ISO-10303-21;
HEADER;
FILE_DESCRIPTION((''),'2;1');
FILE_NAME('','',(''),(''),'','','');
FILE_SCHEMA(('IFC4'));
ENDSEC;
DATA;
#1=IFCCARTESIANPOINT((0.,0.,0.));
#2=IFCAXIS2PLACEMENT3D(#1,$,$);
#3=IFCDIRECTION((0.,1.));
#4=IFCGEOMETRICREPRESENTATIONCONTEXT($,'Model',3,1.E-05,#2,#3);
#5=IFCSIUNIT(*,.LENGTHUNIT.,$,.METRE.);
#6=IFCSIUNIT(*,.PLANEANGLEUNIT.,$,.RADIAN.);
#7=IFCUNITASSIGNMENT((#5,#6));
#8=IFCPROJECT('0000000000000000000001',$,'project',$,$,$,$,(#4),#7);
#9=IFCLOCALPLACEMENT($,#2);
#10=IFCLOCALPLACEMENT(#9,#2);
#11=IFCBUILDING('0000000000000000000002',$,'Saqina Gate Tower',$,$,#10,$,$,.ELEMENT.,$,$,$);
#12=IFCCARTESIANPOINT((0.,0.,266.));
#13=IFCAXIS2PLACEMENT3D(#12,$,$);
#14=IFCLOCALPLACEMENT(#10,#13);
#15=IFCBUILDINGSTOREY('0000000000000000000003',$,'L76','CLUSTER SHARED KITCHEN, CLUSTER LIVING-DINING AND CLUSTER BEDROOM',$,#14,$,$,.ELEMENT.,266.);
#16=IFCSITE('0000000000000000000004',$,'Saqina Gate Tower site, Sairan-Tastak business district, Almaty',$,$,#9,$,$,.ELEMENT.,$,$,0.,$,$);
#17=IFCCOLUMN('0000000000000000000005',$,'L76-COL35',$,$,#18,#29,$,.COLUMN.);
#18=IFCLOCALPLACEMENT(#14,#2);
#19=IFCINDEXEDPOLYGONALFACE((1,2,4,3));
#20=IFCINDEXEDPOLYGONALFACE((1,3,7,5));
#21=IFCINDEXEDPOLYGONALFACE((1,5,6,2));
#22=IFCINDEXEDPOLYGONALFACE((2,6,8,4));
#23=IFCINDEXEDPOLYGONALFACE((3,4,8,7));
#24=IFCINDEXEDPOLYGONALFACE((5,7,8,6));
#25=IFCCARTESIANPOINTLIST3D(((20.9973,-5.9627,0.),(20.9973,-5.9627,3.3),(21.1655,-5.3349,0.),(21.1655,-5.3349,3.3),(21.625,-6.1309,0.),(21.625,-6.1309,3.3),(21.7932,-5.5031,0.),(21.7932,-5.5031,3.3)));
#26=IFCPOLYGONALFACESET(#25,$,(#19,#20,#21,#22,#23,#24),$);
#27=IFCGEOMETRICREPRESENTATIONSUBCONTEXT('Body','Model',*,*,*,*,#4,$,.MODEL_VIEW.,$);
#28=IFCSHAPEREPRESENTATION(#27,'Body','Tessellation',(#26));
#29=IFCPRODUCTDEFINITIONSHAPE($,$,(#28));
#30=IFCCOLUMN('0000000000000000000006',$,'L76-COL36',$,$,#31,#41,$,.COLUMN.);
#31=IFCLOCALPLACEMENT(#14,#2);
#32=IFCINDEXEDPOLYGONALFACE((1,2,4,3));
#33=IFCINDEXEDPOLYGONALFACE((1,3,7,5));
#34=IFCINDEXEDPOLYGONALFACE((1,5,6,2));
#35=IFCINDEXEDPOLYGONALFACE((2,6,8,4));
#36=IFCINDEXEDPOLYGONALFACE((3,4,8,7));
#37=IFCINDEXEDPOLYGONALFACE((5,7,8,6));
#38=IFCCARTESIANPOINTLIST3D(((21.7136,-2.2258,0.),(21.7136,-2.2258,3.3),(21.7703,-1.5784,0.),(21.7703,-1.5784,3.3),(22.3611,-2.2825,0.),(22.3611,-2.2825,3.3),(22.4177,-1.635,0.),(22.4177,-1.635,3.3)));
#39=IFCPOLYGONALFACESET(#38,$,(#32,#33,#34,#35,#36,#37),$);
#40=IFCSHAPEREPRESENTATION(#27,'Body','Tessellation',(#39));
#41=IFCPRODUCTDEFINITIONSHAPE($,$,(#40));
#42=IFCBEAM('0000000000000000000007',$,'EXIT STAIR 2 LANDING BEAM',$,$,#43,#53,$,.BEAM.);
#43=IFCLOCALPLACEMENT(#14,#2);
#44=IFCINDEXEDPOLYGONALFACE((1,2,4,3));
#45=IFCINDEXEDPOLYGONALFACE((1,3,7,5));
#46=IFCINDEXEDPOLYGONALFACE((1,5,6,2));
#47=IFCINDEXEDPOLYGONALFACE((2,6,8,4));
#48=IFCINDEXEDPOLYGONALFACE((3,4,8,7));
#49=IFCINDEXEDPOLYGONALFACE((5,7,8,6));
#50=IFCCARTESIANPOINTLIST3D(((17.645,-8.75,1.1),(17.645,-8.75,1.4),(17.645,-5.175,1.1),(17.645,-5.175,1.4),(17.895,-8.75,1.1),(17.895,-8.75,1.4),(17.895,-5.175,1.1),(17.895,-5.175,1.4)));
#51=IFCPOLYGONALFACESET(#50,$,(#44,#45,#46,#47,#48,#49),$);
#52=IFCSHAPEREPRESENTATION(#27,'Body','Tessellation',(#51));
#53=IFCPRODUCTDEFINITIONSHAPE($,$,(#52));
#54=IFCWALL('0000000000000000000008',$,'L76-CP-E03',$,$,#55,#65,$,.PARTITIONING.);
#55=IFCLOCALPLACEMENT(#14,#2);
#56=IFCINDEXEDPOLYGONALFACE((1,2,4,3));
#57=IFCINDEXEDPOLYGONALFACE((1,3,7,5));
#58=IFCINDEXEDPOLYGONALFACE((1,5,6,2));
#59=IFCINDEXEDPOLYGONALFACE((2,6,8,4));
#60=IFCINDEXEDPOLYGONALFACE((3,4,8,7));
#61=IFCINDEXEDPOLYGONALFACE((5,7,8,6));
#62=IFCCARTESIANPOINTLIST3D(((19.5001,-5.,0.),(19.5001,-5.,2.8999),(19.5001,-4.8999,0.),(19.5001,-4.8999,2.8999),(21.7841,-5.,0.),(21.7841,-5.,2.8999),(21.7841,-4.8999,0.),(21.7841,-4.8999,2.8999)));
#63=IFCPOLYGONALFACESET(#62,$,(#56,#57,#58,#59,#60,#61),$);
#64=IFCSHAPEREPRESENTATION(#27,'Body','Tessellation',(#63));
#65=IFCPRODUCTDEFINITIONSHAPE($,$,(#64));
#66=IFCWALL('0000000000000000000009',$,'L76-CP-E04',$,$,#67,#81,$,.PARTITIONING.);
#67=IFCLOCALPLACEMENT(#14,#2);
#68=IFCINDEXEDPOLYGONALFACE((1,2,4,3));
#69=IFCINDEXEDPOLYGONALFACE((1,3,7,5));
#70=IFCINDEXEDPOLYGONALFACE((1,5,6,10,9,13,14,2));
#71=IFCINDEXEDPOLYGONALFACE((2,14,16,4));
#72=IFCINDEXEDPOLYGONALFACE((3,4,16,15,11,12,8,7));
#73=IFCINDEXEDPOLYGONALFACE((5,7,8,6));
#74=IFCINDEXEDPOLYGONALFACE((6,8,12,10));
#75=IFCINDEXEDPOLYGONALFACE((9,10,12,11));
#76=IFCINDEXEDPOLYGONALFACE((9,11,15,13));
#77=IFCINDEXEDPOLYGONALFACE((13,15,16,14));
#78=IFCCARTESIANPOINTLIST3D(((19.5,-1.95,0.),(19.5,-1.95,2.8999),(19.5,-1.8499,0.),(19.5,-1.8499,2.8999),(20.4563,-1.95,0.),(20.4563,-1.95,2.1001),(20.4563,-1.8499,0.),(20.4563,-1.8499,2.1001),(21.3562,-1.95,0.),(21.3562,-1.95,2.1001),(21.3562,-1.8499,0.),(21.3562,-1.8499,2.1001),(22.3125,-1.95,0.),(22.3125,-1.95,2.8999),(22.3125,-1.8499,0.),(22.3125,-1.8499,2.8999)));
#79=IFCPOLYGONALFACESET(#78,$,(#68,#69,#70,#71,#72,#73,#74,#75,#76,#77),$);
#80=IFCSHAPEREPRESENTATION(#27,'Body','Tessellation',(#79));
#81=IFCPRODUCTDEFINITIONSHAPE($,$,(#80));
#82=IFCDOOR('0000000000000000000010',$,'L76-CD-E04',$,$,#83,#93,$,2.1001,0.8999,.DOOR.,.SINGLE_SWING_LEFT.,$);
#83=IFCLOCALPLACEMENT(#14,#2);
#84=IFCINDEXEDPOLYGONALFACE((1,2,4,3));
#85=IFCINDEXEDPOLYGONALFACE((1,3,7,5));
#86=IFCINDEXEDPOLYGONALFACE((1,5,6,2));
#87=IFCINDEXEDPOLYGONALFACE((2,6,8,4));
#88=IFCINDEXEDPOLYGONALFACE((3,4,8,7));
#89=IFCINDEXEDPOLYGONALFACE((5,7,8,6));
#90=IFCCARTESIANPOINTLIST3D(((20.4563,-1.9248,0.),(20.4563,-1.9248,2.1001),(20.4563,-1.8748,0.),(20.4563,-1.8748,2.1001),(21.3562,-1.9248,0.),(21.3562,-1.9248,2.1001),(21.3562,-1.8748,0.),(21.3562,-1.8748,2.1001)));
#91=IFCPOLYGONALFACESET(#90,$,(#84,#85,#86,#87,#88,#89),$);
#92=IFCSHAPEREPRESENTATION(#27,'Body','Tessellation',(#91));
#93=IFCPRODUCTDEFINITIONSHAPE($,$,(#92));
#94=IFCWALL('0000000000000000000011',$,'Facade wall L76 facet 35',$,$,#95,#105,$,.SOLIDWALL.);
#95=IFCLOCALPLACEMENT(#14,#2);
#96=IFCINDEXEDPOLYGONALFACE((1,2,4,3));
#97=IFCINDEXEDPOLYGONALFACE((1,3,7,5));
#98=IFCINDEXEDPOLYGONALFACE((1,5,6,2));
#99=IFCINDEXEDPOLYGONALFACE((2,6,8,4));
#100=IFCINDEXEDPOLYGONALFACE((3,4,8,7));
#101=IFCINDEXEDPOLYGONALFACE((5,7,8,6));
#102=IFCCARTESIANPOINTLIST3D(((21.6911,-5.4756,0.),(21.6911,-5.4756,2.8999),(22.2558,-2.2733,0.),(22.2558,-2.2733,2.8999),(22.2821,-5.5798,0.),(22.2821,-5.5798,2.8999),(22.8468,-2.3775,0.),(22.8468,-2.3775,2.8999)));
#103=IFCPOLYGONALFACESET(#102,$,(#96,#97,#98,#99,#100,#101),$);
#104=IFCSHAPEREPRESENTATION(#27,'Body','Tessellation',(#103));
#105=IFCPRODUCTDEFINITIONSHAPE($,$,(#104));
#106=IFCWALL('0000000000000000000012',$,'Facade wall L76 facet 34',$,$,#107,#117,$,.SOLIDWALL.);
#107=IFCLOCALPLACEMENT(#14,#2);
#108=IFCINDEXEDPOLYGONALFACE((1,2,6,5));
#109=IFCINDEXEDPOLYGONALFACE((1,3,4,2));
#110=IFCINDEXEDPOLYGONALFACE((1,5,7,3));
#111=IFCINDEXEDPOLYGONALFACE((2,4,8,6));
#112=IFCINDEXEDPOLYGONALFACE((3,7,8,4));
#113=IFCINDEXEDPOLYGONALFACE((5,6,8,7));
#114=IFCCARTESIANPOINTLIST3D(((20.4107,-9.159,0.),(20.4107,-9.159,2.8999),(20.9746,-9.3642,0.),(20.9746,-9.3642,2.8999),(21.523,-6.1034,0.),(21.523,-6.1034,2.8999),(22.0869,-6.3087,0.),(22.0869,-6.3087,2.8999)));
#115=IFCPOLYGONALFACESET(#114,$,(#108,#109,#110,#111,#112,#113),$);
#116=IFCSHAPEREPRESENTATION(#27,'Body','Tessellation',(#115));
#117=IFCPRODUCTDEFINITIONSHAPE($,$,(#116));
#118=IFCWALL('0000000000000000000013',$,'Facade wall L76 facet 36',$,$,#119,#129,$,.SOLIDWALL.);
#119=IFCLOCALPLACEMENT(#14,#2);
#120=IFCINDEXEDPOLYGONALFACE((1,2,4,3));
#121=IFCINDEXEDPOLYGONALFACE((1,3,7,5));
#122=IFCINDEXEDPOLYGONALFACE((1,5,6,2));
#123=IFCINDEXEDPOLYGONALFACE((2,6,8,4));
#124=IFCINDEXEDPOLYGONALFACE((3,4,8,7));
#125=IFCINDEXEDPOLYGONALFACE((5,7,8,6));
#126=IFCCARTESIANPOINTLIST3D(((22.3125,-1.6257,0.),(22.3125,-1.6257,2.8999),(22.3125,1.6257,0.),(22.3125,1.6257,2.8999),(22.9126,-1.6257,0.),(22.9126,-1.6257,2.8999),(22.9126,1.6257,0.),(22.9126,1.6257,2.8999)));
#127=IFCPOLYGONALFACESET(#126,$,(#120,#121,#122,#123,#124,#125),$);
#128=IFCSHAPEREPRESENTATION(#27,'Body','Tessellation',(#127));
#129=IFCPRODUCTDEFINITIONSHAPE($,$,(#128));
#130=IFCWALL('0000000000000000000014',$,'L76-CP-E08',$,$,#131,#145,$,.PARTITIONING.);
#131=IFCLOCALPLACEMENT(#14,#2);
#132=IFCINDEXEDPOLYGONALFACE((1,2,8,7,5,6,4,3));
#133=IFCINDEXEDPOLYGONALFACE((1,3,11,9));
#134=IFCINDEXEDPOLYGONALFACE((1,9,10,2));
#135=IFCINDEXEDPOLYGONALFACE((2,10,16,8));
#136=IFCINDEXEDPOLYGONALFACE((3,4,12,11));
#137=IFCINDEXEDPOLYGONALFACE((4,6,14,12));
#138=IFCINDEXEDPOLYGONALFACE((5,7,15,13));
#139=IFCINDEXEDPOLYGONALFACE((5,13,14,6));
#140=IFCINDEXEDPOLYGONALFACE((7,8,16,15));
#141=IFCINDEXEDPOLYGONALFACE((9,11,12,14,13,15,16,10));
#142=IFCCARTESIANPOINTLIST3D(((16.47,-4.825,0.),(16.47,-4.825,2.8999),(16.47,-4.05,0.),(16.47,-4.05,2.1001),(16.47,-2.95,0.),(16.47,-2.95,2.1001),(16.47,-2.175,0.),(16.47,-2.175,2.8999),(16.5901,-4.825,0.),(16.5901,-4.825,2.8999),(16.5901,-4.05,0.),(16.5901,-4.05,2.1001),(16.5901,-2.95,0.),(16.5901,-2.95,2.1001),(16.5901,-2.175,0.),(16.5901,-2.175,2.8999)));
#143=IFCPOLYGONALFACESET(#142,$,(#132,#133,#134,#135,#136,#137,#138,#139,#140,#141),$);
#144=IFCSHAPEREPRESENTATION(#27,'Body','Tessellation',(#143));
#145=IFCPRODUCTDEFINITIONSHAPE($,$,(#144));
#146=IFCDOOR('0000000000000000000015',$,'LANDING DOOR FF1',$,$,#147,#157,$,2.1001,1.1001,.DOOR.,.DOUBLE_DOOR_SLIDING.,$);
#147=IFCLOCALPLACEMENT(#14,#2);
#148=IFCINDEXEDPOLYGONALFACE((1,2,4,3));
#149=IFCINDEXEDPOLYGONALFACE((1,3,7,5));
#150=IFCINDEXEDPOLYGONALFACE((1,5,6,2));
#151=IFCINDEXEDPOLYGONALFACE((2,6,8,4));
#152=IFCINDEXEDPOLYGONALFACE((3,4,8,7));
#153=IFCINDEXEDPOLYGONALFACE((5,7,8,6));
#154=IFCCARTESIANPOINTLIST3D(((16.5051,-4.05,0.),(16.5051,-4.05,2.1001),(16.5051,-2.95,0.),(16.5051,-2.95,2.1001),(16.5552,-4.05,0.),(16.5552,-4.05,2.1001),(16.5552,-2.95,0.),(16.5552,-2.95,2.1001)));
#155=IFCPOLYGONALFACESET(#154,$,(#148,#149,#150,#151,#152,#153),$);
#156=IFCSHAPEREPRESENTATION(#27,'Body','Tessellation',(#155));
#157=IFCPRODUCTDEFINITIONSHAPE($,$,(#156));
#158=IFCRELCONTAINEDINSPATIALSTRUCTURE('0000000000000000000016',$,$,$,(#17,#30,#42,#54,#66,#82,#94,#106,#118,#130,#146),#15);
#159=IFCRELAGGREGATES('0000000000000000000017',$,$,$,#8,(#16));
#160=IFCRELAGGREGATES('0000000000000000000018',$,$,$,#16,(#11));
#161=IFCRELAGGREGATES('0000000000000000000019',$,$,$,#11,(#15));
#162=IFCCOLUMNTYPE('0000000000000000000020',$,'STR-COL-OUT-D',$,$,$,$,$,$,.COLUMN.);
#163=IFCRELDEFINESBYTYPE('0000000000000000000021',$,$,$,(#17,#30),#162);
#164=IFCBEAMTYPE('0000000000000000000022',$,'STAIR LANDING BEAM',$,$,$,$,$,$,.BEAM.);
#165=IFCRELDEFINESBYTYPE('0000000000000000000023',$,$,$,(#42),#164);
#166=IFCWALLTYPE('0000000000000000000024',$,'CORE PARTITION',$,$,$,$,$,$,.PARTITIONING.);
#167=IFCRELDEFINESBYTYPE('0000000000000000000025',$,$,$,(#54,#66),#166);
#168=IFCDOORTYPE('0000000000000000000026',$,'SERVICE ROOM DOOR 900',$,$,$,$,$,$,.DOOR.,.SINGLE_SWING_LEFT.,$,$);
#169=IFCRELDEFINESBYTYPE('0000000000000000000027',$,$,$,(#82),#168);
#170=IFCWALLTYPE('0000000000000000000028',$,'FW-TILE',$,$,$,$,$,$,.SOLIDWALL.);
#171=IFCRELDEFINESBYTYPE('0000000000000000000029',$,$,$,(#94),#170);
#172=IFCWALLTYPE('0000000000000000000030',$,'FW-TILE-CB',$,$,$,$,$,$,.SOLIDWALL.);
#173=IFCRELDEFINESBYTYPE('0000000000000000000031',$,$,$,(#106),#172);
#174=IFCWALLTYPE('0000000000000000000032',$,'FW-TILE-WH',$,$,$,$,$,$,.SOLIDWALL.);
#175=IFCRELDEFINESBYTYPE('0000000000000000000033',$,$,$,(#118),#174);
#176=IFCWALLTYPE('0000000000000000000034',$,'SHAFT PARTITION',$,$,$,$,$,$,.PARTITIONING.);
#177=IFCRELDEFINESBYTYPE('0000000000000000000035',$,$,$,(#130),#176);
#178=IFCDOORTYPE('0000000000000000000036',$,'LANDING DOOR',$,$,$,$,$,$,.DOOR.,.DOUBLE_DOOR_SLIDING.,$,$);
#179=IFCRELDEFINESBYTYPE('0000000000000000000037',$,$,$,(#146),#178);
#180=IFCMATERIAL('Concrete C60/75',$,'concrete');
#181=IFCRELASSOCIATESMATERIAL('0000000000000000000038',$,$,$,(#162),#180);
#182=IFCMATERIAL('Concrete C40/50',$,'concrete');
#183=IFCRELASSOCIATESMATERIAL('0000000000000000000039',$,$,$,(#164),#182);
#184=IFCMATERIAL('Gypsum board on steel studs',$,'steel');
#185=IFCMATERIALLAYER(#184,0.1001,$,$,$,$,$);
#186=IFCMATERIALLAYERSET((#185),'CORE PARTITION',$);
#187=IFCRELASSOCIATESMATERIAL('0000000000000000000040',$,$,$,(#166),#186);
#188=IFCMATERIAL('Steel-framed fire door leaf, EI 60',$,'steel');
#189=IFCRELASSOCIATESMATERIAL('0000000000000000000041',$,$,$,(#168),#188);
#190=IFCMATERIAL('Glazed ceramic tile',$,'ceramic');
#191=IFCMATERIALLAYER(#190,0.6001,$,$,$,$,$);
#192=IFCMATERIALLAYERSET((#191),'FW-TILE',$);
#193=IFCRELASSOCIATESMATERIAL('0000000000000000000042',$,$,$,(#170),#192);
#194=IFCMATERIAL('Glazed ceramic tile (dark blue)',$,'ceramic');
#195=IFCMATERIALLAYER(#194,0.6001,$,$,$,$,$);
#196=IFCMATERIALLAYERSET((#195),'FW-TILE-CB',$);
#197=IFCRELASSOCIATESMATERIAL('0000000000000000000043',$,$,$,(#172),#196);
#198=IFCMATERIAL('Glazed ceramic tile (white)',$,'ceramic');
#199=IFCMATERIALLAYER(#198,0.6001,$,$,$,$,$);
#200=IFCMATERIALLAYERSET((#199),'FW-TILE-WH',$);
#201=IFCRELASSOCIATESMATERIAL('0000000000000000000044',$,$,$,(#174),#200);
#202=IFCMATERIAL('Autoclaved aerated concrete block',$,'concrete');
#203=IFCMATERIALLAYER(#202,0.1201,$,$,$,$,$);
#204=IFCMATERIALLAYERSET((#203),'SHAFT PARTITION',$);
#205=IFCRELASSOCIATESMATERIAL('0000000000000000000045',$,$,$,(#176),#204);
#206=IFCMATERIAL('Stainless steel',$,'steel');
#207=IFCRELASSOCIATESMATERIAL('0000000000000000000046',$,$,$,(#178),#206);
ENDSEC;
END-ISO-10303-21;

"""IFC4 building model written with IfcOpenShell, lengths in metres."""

from ifc_helpers import new_model, si_unit, direction, frame, frame_2d, origin, origin_2d, place, context, subcontext, project, spatial, rectangle, extrude, material, layer, layer_set, material_profile, profile_set, type_object, element, fill, save


model = new_model("IFC4")

# Units and contexts
model_context = context("Model", 3, precision=1e-05, world=origin(), true_north=direction((0.0, 1.0)))
body_context = subcontext(model_context, "Body", "Model", "MODEL_VIEW")
ifc_project = project(units=[si_unit("LENGTHUNIT", "METRE"), si_unit("PLANEANGLEUNIT", "RADIAN")], contexts=[model_context])

# Site, building, storey
site_placement = place(None, origin())
site = spatial("IfcSite", under=ifc_project, at=site_placement, Name="Saqina Gate Tower site, Sairan-Tastak business district, Almaty", CompositionType="ELEMENT", RefElevation=0.0)
building_placement = place(site_placement, origin())
building = spatial("IfcBuilding", under=site, at=building_placement, Name="Saqina Gate Tower", CompositionType="ELEMENT")
storey_placement = place(building_placement, frame((0.0, 0.0, 266.0)))
storey = spatial("IfcBuildingStorey", under=building, at=storey_placement, Name="L76", Description="CLUSTER SHARED KITCHEN, CLUSTER LIVING-DINING AND CLUSTER BEDROOM", CompositionType="ELEMENT", Elevation=266.0)

# Columns
ifc_material_1 = material(Name="Concrete C60/75", Category="concrete")
ifc_material_profile_1 = material_profile(ifc_material_1, rectangle(XDim=0.6499, YDim=0.6499, at=origin_2d()), Name="RC 650x650")
ifc_profile_set_1 = profile_set([ifc_material_profile_1], Name="Concrete C60/75")
column_type = type_object("IfcColumnType", Name="STR-COL-OUT-D", PredefinedType="COLUMN", material=ifc_profile_set_1)
for number, where, z_axis, x_axis, name in (
    (1, (21.3953, -5.7329, 0.0), (0.0, 0.0, 1.0), (0.965926, -0.258819, 0.0), "L76-COL35"),
    (2, (22.0657, -1.9304, 0.0), (0.0, 0.0, 1.0), (0.996195, -0.087156, 0.0), "L76-COL36"),
):
    element("IfcColumn", number, at=place(storey_placement, frame(where, z_axis=z_axis, x_axis=x_axis)), inside=storey, type_object=column_type, Name=name, PredefinedType="COLUMN", context=body_context, shape_type="SweptSolid", body=[
        extrude(rectangle(XDim=0.6499, YDim=0.6499, at=origin_2d()), origin(), (0.0, 0.0, 1.0), 3.3),
    ])

# Beam
ifc_material_2 = material(Name="Concrete C40/50", Category="concrete")
ifc_material_profile_2 = material_profile(ifc_material_2, rectangle(XDim=0.25, YDim=0.3, at=origin_2d()), Name="STAIR LANDING BEAM")
ifc_profile_set_2 = profile_set([ifc_material_profile_2], Name="Concrete C40/50")
beam_type = type_object("IfcBeamType", Name="STAIR LANDING BEAM", PredefinedType="BEAM", material=ifc_profile_set_2)
beam_placement = place(storey_placement, frame((17.77, -8.75, 1.25), z_axis=(0.0, 1.0, 0.0), x_axis=(-1.0, 0.0, 0.0)))
element("IfcBeam", 3, at=beam_placement, inside=storey, type_object=beam_type, Name="EXIT STAIR 2 LANDING BEAM", PredefinedType="BEAM", context=body_context, shape_type="SweptSolid", body=[
    extrude(rectangle(XDim=0.25, YDim=0.3, at=origin_2d()), origin(), (0.0, 0.0, 1.0), 3.575),
])

# Wall
ifc_material_3 = material(Name="Gypsum board on steel studs", Category="steel")
ifc_layer_1 = layer(ifc_material_3, 0.1001)
ifc_layer_set_1 = layer_set([ifc_layer_1], Name="CORE PARTITION")
wall_type_1 = type_object("IfcWallType", Name="CORE PARTITION", PredefinedType="PARTITIONING", material=ifc_layer_set_1)
wall_1_placement = place(storey_placement, frame((19.5, -4.95, 0.0), z_axis=(0.0, 0.0, 1.0), x_axis=(1.0, 0.0, 0.0)))
element("IfcWall", 4, at=wall_1_placement, inside=storey, type_object=wall_type_1, Name="L76-CP-E03", PredefinedType="PARTITIONING", context=body_context, shape_type="SweptSolid", body=[
    extrude(rectangle(XDim=2.2839, YDim=0.1001, at=frame_2d((1.1421, 0.0))), origin(), (0.0, 0.0, 1.0), 2.8999),
])

# Wall, opening, door
wall_2_placement = place(storey_placement, frame((19.5, -1.8999, 0.0), z_axis=(0.0, 0.0, 1.0), x_axis=(1.0, 0.0, 0.0)))
wall_2 = element("IfcWall", 5, at=wall_2_placement, inside=storey, type_object=wall_type_1, Name="L76-CP-E04", PredefinedType="PARTITIONING", context=body_context, shape_type="SweptSolid", body=[
    extrude(rectangle(XDim=2.8125, YDim=0.1001, at=frame_2d((1.4062, 0.0))), origin(), (0.0, 0.0, 1.0), 2.8999),
])
opening_1_placement = place(wall_2_placement, frame((0.9563, 0.0, 0.0)))
opening_1 = element("IfcOpeningElement", 6, at=opening_1_placement, cuts=wall_2, PredefinedType="OPENING", context=body_context, shape_type="SweptSolid", body=[
    extrude(rectangle(XDim=0.8999, YDim=2.1001, at=frame_2d((0.45, 1.05))), frame((0.0, 0.062, 0.0), z_axis=(0.0, -1.0, 0.0), x_axis=(1.0, 0.0, 0.0)), (0.0, 0.0, 1.0), 0.124),
])
ifc_material_4 = material(Name="Steel-framed fire door leaf, EI 60", Category="steel")
door_type_1 = type_object("IfcDoorType", Name="SERVICE ROOM DOOR 900", OperationType="SINGLE_SWING_LEFT", PredefinedType="DOOR", material=ifc_material_4)
door_1_placement = place(opening_1_placement, frame((0.8999, 0.0, 0.0), z_axis=(0.0, 0.0, 1.0), x_axis=(-1.0, 0.0, 0.0)))
door_1 = element("IfcDoor", 7, at=door_1_placement, inside=storey, type_object=door_type_1, Name="L76-CD-E04", OperationType="SINGLE_SWING_LEFT", OverallHeight=2.1001, OverallWidth=0.8999, PredefinedType="DOOR", context=body_context, shape_type="SweptSolid", body=[
    extrude(rectangle(XDim=0.8999, YDim=2.1001, at=frame_2d((0.45, 1.05))), frame((0.0, 0.0249, 0.0), z_axis=(0.0, -1.0, 0.0), x_axis=(1.0, 0.0, 0.0)), (0.0, 0.0, 1.0), 0.05),
])
fill(opening_1, door_1)

# Walls
ifc_material_5 = material(Name="Glazed ceramic tile", Category="ceramic")
ifc_layer_2 = layer(ifc_material_5, 0.6001)
ifc_layer_set_2 = layer_set([ifc_layer_2], Name="FW-TILE")
wall_type_2 = type_object("IfcWallType", Name="FW-TILE", PredefinedType="SOLIDWALL", material=ifc_layer_set_2)
wall_3_placement = place(storey_placement, frame((21.9866, -5.5278, 0.0), z_axis=(0.0, 0.0, 1.0), x_axis=(0.173657, 0.984806, 0.0)))
element("IfcWall", 8, at=wall_3_placement, inside=storey, type_object=wall_type_2, Name="Facade wall L76 facet 35", PredefinedType="SOLIDWALL", context=body_context, shape_type="SweptSolid", body=[
    extrude(rectangle(XDim=3.2517, YDim=0.6001, at=frame_2d((1.626, 0.0))), origin(), (0.0, 0.0, 1.0), 2.8999),
])
ifc_material_6 = material(Name="Glazed ceramic tile (dark blue)", Category="ceramic")
ifc_layer_3 = layer(ifc_material_6, 0.6001)
ifc_layer_set_3 = layer_set([ifc_layer_3], Name="FW-TILE-CB")
wall_type_3 = type_object("IfcWallType", Name="FW-TILE-CB", PredefinedType="SOLIDWALL", material=ifc_layer_set_3)
wall_4_placement = place(storey_placement, frame((20.6926, -9.2617, 0.0), z_axis=(0.0, 0.0, 1.0), x_axis=(0.342057, 0.939679, 0.0)))
element("IfcWall", 9, at=wall_4_placement, inside=storey, type_object=wall_type_3, Name="Facade wall L76 facet 34", PredefinedType="SOLIDWALL", context=body_context, shape_type="SweptSolid", body=[
    extrude(rectangle(XDim=3.2517, YDim=0.6001, at=frame_2d((1.626, 0.0))), origin(), (0.0, 0.0, 1.0), 2.8999),
])
ifc_material_7 = material(Name="Glazed ceramic tile (white)", Category="ceramic")
ifc_layer_4 = layer(ifc_material_7, 0.6001)
ifc_layer_set_4 = layer_set([ifc_layer_4], Name="FW-TILE-WH")
wall_type_4 = type_object("IfcWallType", Name="FW-TILE-WH", PredefinedType="SOLIDWALL", material=ifc_layer_set_4)
wall_5_placement = place(storey_placement, frame((22.6125, -1.6257, 0.0), z_axis=(0.0, 0.0, 1.0), x_axis=(0.0, 1.0, 0.0)))
element("IfcWall", 10, at=wall_5_placement, inside=storey, type_object=wall_type_4, Name="Facade wall L76 facet 36", PredefinedType="SOLIDWALL", context=body_context, shape_type="SweptSolid", body=[
    extrude(rectangle(XDim=3.2515, YDim=0.6001, at=frame_2d((1.6257, 0.0))), origin(), (0.0, 0.0, 1.0), 2.8999),
])

# Wall, opening, door
ifc_material_8 = material(Name="Autoclaved aerated concrete block", Category="concrete")
ifc_layer_5 = layer(ifc_material_8, 0.1201)
ifc_layer_set_5 = layer_set([ifc_layer_5], Name="SHAFT PARTITION")
wall_type_5 = type_object("IfcWallType", Name="SHAFT PARTITION", PredefinedType="PARTITIONING", material=ifc_layer_set_5)
wall_6_placement = place(storey_placement, frame((16.53, -4.825, 0.0), z_axis=(0.0, 0.0, 1.0), x_axis=(0.0, 1.0, 0.0)))
wall_6 = element("IfcWall", 11, at=wall_6_placement, inside=storey, type_object=wall_type_5, Name="L76-CP-E08", PredefinedType="PARTITIONING", context=body_context, shape_type="SweptSolid", body=[
    extrude(rectangle(XDim=2.6499, YDim=0.1201, at=frame_2d((1.325, 0.0))), origin(), (0.0, 0.0, 1.0), 2.8999),
])
opening_2_placement = place(wall_6_placement, frame((0.7749, 0.0, 0.0)))
opening_2 = element("IfcOpeningElement", 12, at=opening_2_placement, cuts=wall_6, PredefinedType="OPENING", context=body_context, shape_type="SweptSolid", body=[
    extrude(rectangle(XDim=1.1001, YDim=2.1001, at=frame_2d((0.55, 1.05))), frame((0.0, 0.072, 0.0), z_axis=(0.0, -1.0, 0.0), x_axis=(1.0, 0.0, 0.0)), (0.0, 0.0, 1.0), 0.144),
])
ifc_material_9 = material(Name="Stainless steel", Category="steel")
door_type_2 = type_object("IfcDoorType", Name="LANDING DOOR", OperationType="DOUBLE_DOOR_SLIDING", PredefinedType="DOOR", material=ifc_material_9)
door_2_placement = place(opening_2_placement, origin())
door_2 = element("IfcDoor", 13, at=door_2_placement, inside=storey, type_object=door_type_2, Name="LANDING DOOR FF1", OperationType="DOUBLE_DOOR_SLIDING", OverallHeight=2.1001, OverallWidth=1.1001, PredefinedType="DOOR", context=body_context, shape_type="SweptSolid", body=[
    extrude(rectangle(XDim=1.1001, YDim=2.1001, at=frame_2d((0.55, 1.05))), frame((0.0, 0.0249, 0.0), z_axis=(0.0, -1.0, 0.0), x_axis=(1.0, 0.0, 0.0)), (0.0, 0.0, 1.0), 0.05),
])
fill(opening_2, door_2)

save(model, "model.ifc")
